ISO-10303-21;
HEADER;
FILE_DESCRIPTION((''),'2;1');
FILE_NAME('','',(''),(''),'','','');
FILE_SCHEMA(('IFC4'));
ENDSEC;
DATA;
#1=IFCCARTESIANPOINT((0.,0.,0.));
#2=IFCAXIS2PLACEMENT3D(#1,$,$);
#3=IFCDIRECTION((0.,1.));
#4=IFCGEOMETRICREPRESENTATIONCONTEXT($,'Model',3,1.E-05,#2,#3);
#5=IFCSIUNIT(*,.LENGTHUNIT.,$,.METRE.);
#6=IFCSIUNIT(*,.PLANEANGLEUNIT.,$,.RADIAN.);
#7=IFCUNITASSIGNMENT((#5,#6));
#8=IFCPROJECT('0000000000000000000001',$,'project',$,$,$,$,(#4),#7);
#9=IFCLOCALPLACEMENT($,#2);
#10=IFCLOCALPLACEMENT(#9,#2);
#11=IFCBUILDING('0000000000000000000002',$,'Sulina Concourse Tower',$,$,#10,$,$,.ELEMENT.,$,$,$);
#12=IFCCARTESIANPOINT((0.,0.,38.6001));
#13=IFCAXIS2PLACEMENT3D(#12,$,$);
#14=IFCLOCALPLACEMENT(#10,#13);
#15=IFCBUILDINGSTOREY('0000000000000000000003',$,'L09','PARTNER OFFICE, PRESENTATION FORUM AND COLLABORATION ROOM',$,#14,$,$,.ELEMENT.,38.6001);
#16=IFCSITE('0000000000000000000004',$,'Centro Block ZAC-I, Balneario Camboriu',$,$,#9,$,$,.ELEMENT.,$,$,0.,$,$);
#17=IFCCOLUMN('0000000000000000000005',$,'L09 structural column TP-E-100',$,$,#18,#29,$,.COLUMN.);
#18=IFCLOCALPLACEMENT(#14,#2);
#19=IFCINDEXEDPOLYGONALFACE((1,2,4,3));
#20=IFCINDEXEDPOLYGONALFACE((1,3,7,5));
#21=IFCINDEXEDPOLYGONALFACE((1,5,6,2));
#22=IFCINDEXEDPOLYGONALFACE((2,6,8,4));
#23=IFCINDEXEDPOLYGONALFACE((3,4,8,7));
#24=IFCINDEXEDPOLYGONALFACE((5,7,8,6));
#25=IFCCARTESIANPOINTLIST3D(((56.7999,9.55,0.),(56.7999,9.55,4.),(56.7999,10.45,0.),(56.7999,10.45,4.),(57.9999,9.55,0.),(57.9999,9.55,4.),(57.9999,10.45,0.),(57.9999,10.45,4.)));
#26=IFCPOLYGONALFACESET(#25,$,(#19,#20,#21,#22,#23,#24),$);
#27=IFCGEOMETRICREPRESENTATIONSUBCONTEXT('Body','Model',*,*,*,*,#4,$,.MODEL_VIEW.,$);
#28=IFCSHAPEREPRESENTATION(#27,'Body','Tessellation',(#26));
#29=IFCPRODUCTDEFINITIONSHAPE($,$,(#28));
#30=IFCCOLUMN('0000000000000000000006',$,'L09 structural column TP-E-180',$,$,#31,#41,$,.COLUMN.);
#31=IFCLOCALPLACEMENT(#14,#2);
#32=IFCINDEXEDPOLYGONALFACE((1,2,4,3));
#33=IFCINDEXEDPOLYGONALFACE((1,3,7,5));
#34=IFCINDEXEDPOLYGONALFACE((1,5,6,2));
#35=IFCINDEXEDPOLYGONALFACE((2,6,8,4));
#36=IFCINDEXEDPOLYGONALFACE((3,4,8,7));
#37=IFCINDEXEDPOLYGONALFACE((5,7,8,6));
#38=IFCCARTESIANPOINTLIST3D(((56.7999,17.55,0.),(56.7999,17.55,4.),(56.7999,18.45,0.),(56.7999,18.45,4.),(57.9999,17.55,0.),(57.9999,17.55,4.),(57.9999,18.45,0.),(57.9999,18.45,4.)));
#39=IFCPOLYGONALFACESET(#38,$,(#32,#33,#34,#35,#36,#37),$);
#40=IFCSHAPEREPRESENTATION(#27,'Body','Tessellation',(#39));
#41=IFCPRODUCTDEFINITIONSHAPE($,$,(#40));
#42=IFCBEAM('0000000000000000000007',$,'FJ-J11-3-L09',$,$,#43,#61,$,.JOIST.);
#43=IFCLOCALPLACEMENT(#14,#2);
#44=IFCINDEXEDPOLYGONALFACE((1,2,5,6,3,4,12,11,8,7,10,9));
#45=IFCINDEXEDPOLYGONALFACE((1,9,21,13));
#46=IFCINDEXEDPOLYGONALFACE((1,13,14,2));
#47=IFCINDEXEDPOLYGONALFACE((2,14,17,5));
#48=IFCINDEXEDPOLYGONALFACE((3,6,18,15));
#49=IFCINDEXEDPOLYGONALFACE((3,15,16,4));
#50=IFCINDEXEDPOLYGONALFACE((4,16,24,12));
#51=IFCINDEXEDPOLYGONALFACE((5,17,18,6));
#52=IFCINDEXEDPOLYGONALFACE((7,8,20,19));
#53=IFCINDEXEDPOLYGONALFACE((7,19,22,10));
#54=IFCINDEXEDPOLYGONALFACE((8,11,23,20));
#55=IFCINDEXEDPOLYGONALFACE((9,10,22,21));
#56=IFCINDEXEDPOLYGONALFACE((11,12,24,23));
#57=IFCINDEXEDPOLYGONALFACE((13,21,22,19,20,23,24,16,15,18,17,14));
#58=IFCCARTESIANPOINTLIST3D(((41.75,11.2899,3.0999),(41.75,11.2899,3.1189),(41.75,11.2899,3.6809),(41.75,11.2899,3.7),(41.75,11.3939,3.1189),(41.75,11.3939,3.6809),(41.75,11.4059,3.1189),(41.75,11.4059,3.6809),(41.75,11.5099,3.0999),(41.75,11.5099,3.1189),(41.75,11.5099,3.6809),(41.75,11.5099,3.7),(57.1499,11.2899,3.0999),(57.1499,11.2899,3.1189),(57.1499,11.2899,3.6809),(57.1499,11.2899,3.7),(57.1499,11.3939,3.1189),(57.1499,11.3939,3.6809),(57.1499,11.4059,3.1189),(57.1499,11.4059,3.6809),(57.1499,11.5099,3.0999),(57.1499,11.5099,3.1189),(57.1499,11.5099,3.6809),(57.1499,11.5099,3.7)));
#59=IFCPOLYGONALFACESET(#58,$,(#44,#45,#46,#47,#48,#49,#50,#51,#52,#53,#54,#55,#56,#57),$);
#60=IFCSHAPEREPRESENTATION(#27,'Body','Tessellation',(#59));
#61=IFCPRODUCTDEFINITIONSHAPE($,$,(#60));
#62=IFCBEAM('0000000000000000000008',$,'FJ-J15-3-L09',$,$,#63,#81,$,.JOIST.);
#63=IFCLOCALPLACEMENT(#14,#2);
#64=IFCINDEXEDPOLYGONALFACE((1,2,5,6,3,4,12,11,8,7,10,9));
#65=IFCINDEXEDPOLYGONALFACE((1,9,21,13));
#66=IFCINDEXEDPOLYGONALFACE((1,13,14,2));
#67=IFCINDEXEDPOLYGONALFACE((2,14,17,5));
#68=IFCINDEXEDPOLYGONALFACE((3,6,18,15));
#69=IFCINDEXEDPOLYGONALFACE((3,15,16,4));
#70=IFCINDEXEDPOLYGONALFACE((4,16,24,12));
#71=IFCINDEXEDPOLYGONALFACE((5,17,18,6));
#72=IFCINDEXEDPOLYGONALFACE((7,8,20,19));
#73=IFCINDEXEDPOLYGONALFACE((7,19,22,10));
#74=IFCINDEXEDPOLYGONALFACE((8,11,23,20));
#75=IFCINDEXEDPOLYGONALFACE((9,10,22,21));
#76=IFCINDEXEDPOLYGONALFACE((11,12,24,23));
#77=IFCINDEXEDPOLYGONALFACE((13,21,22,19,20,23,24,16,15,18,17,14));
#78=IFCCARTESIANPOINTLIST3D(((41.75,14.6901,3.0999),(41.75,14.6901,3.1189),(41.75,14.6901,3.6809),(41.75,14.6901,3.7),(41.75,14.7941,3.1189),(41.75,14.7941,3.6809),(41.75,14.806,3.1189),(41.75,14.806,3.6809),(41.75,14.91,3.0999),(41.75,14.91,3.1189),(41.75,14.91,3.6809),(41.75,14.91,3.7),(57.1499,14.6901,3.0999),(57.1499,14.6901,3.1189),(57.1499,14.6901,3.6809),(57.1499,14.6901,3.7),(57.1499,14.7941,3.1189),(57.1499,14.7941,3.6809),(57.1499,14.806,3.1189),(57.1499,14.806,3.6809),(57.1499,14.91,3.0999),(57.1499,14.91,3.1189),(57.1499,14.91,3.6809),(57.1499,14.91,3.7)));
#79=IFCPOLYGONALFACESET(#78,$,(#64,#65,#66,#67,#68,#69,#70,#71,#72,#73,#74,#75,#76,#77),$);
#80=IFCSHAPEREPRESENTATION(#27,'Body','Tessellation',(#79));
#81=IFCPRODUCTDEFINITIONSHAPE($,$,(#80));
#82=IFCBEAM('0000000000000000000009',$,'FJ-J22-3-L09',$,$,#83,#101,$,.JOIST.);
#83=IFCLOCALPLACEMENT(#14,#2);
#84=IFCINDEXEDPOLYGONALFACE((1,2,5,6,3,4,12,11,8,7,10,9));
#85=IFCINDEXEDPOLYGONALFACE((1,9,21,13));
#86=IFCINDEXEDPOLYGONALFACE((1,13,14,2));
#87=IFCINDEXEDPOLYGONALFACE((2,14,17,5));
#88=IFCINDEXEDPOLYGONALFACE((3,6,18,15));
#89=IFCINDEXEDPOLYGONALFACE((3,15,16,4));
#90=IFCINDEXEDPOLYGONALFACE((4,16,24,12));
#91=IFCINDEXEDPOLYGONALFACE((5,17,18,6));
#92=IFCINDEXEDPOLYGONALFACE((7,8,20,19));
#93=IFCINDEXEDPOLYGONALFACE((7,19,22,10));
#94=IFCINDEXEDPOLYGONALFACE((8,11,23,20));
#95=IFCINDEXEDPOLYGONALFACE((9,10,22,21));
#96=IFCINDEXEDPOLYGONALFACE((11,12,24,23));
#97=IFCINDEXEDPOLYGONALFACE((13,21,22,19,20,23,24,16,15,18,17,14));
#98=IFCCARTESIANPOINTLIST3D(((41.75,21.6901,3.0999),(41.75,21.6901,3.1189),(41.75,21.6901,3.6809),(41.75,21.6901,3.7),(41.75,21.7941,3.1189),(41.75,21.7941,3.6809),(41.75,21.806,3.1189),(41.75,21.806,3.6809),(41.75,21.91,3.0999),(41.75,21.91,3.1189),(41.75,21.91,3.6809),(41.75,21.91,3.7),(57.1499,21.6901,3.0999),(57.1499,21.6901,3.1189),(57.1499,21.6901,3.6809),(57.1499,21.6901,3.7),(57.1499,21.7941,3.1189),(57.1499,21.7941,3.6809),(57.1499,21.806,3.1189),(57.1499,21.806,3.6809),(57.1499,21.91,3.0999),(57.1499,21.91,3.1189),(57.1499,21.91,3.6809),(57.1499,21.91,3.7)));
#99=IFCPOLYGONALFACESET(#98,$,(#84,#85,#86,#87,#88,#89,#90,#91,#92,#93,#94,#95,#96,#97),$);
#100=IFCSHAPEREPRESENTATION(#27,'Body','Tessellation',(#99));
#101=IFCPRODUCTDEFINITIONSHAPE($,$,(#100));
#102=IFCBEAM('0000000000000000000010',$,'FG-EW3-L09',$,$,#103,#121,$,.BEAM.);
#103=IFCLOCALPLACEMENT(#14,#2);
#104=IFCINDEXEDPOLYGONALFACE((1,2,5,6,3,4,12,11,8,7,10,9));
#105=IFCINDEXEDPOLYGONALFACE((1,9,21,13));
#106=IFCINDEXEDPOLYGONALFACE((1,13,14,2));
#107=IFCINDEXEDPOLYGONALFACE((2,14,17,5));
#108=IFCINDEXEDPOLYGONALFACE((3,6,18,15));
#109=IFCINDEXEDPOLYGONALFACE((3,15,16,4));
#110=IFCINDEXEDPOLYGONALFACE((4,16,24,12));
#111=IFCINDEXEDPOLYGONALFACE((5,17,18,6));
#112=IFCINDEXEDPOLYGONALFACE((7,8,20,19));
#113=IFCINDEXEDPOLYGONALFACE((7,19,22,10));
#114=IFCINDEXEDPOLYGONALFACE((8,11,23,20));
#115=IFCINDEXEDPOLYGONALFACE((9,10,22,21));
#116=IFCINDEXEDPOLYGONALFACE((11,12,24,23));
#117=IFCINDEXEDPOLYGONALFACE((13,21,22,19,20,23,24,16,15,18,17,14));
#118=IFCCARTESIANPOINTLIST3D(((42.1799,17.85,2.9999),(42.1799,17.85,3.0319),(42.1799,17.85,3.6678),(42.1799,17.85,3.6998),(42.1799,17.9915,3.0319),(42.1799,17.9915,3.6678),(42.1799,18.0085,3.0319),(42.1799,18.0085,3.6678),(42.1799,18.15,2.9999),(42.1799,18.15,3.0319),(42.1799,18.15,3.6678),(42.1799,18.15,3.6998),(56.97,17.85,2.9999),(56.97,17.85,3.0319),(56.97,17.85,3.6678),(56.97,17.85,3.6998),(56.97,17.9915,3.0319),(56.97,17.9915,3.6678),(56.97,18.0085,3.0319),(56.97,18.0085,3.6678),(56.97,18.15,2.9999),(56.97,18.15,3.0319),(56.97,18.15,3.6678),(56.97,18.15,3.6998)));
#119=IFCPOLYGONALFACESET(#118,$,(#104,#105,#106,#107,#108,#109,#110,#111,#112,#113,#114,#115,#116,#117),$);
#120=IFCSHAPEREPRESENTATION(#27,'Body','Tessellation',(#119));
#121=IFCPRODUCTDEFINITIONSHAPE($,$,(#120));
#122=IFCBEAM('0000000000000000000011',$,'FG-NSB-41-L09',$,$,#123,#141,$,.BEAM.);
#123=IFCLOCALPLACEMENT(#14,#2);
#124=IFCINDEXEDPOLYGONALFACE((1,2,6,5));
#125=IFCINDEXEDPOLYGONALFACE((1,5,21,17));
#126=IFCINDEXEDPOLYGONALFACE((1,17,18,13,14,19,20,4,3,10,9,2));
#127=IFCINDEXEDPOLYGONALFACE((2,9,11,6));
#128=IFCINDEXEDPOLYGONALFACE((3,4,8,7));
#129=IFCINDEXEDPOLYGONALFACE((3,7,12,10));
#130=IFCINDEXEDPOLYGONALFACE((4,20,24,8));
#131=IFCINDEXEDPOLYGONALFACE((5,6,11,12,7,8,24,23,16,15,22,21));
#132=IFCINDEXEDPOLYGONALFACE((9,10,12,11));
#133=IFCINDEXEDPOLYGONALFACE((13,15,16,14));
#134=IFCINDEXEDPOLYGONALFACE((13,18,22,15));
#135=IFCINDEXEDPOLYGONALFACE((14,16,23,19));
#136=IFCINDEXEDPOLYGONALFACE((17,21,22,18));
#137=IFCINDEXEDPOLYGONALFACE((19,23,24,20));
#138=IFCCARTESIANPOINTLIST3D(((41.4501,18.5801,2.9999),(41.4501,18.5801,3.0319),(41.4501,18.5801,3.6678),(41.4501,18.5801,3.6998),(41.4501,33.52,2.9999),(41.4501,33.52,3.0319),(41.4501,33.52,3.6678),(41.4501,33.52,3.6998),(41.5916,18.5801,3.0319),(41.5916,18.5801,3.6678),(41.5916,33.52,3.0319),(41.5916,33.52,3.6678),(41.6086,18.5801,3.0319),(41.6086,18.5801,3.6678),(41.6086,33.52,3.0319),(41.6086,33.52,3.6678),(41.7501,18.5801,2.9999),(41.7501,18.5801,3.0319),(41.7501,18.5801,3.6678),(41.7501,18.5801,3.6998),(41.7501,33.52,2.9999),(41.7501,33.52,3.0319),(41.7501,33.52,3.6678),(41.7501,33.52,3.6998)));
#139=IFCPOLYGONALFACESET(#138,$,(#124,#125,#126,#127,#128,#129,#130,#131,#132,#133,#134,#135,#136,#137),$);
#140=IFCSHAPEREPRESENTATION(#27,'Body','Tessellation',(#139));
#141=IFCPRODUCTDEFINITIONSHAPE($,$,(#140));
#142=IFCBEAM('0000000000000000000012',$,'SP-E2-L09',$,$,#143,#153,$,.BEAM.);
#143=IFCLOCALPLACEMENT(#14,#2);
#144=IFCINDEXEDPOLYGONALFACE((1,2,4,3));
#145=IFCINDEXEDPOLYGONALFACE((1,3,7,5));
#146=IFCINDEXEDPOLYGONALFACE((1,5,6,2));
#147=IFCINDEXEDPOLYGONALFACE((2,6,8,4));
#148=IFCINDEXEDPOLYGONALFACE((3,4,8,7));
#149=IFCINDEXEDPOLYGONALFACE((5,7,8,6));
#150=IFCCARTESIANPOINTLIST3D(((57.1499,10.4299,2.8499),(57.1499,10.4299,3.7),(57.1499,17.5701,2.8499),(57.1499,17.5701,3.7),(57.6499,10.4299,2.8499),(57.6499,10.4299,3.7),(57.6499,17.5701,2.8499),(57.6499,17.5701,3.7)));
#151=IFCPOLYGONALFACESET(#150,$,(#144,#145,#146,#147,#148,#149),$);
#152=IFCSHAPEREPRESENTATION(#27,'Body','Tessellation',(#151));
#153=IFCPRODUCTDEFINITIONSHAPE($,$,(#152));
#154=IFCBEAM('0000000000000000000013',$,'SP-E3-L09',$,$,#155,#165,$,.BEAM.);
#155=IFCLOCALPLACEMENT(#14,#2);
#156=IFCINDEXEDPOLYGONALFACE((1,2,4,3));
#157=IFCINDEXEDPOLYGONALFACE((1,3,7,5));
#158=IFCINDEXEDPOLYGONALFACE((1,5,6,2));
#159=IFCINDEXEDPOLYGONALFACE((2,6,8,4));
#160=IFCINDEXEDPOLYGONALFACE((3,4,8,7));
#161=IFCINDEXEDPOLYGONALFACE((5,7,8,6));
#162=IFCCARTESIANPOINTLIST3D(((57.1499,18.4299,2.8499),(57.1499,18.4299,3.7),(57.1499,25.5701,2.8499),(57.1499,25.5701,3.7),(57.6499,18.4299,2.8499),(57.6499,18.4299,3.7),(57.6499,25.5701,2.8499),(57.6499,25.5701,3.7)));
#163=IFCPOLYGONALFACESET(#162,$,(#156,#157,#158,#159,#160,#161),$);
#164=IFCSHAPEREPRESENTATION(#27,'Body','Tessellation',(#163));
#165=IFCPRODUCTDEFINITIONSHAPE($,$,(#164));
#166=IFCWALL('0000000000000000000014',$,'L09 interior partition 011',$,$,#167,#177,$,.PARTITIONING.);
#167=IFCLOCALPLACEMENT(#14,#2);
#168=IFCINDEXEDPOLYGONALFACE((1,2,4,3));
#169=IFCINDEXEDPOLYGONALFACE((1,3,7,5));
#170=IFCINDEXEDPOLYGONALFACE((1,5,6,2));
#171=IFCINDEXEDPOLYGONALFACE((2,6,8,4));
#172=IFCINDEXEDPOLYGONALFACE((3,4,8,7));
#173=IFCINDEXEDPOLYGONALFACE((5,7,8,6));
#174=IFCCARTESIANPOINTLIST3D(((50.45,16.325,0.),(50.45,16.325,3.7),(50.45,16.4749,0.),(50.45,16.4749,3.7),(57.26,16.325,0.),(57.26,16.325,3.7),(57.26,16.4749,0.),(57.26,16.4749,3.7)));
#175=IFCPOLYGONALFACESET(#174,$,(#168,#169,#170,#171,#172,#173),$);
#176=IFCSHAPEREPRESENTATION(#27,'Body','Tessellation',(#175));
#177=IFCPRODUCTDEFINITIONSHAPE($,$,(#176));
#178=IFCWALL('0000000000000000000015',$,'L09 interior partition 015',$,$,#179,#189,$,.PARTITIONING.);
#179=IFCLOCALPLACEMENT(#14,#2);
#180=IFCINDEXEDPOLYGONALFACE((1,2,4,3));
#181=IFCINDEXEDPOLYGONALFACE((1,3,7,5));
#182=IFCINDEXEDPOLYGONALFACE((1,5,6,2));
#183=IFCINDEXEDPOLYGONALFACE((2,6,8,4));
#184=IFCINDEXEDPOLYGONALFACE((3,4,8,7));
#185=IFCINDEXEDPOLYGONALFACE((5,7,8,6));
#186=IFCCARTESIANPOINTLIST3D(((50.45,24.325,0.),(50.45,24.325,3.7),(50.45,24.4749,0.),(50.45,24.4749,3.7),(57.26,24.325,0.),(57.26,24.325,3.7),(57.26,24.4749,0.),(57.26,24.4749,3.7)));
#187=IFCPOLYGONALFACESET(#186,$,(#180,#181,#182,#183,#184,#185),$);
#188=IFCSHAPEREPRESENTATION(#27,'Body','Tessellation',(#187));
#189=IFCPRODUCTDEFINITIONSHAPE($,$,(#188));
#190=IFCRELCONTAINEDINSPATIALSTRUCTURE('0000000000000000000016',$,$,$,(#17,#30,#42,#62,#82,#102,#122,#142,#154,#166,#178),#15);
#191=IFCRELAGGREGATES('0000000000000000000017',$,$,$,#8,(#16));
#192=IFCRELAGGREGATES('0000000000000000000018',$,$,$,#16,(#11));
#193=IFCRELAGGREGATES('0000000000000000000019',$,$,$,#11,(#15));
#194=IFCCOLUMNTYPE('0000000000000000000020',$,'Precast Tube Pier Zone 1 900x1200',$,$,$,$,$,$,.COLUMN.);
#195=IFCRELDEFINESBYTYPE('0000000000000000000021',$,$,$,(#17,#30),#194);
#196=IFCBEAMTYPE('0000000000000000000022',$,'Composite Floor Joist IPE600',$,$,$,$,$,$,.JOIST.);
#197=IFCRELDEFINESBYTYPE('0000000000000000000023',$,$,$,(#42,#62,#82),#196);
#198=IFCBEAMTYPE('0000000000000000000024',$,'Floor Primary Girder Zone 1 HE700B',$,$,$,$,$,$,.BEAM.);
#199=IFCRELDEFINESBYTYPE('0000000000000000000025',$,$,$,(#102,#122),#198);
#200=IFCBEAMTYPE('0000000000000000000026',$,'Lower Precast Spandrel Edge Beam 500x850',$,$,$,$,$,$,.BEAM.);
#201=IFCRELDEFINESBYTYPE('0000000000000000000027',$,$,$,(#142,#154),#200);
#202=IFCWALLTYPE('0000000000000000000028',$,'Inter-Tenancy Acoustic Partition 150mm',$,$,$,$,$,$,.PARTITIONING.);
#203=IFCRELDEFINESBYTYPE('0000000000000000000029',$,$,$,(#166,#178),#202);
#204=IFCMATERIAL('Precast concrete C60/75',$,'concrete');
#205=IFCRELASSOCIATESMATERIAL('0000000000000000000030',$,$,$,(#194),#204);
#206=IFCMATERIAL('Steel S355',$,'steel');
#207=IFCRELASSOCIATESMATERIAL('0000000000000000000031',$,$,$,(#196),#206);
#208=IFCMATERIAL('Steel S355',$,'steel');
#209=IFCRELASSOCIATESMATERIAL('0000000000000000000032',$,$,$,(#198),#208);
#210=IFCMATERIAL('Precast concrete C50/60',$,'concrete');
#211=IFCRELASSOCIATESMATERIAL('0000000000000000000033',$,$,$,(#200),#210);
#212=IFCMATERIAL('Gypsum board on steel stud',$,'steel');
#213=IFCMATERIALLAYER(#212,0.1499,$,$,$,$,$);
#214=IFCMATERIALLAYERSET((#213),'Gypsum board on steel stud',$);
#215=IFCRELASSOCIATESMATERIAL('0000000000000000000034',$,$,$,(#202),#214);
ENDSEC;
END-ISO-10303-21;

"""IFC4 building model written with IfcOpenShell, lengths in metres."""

from ifc_helpers import new_model, si_unit, direction, frame, frame_2d, origin, origin_2d, place, context, subcontext, project, spatial, rectangle, i_section, extrude, material, layer, layer_set, material_profile, profile_set, type_object, element, save


model = new_model("IFC4")

# Units and contexts
model_context = context("Model", 3, precision=1e-05, world=origin(), true_north=direction((0.0, 1.0)))
body_context = subcontext(model_context, "Body", "Model", "MODEL_VIEW")
ifc_project = project(units=[si_unit("LENGTHUNIT", "METRE"), si_unit("PLANEANGLEUNIT", "RADIAN")], contexts=[model_context])

# Site, building, storey
site_placement = place(None, origin())
site = spatial("IfcSite", under=ifc_project, at=site_placement, Name="Centro Block ZAC-I, Balneario Camboriu", CompositionType="ELEMENT", RefElevation=0.0)
building_placement = place(site_placement, origin())
building = spatial("IfcBuilding", under=site, at=building_placement, Name="Sulina Concourse Tower", CompositionType="ELEMENT")
storey_placement = place(building_placement, frame((0.0, 0.0, 38.6001)))
storey = spatial("IfcBuildingStorey", under=building, at=storey_placement, Name="L09", Description="PARTNER OFFICE, PRESENTATION FORUM AND COLLABORATION ROOM", CompositionType="ELEMENT", Elevation=38.6001)

# Columns
ifc_material_1 = material(Name="Precast concrete C60/75", Category="concrete")
ifc_material_profile_1 = material_profile(ifc_material_1, rectangle(XDim=0.8999, YDim=1.2, at=origin_2d()), Name="PC 900x1200")
ifc_profile_set_1 = profile_set([ifc_material_profile_1], Name="Precast concrete C60/75")
column_type = type_object("IfcColumnType", Name="Precast Tube Pier Zone 1 900x1200", PredefinedType="COLUMN", material=ifc_profile_set_1)
for number, where, z_axis, x_axis, name in (
    (1, (57.3999, 10.0, 0.0), (0.0, 0.0, 1.0), (0.0, 1.0, 0.0), "L09 structural column TP-E-100"),
    (2, (57.3999, 18.0, 0.0), (0.0, 0.0, 1.0), (0.0, 1.0, 0.0), "L09 structural column TP-E-180"),
):
    element("IfcColumn", number, at=place(storey_placement, frame(where, z_axis=z_axis, x_axis=x_axis)), inside=storey, type_object=column_type, Name=name, PredefinedType="COLUMN", context=body_context, shape_type="SweptSolid", body=[
        extrude(rectangle(XDim=0.8999, YDim=1.2, at=origin_2d()), origin(), (0.0, 0.0, 1.0), 4.0),
    ])

# Beams
ifc_material_2 = material(Name="Steel S355", Category="steel")
ifc_material_profile_2 = material_profile(ifc_material_2, i_section(OverallWidth=0.22, OverallDepth=0.6001, WebThickness=0.012, FlangeThickness=0.019, at=origin_2d()), Name="IPE 600")
ifc_profile_set_2 = profile_set([ifc_material_profile_2], Name="Steel S355")
beam_type_1 = type_object("IfcBeamType", Name="Composite Floor Joist IPE600", PredefinedType="JOIST", material=ifc_profile_set_2)
for number, where, z_axis, x_axis, name in (
    (3, (41.75, 11.3999, 3.3999), (1.0, 0.0, 0.0), (0.0, 1.0, 0.0), "FJ-J11-3-L09"),
    (4, (41.75, 14.8, 3.3999), (1.0, 0.0, 0.0), (0.0, 1.0, 0.0), "FJ-J15-3-L09"),
    (5, (41.75, 21.8, 3.3999), (1.0, 0.0, 0.0), (0.0, 1.0, 0.0), "FJ-J22-3-L09"),
):
    element("IfcBeam", number, at=place(storey_placement, frame(where, z_axis=z_axis, x_axis=x_axis)), inside=storey, type_object=beam_type_1, Name=name, PredefinedType="JOIST", context=body_context, shape_type="SweptSolid", body=[
        extrude(i_section(OverallWidth=0.22, OverallDepth=0.6001, WebThickness=0.012, FlangeThickness=0.019, at=origin_2d()), origin(), (0.0, 0.0, 1.0), 15.3999),
    ])
ifc_material_3 = material(Name="Steel S355", Category="steel")
ifc_material_profile_3 = material_profile(ifc_material_3, i_section(OverallWidth=0.3, OverallDepth=0.7, WebThickness=0.0171, FlangeThickness=0.032, at=origin_2d()), Name="HE 700 B")
ifc_profile_set_3 = profile_set([ifc_material_profile_3], Name="Steel S355")
beam_type_2 = type_object("IfcBeamType", Name="Floor Primary Girder Zone 1 HE700B", PredefinedType="BEAM", material=ifc_profile_set_3)
beam_1_placement = place(storey_placement, frame((42.1799, 18.0, 3.3499), z_axis=(1.0, 0.0, 0.0), x_axis=(0.0, 1.0, 0.0)))
element("IfcBeam", 6, at=beam_1_placement, inside=storey, type_object=beam_type_2, Name="FG-EW3-L09", PredefinedType="BEAM", context=body_context, shape_type="SweptSolid", body=[
    extrude(i_section(OverallWidth=0.3, OverallDepth=0.7, WebThickness=0.0171, FlangeThickness=0.032, at=origin_2d()), origin(), (0.0, 0.0, 1.0), 14.79),
])
beam_2_placement = place(storey_placement, frame((41.6001, 18.5801, 3.3499), z_axis=(0.0, 1.0, 0.0), x_axis=(-1.0, 0.0, 0.0)))
element("IfcBeam", 7, at=beam_2_placement, inside=storey, type_object=beam_type_2, Name="FG-NSB-41-L09", PredefinedType="BEAM", context=body_context, shape_type="SweptSolid", body=[
    extrude(i_section(OverallWidth=0.3, OverallDepth=0.7, WebThickness=0.0171, FlangeThickness=0.032, at=origin_2d()), origin(), (0.0, 0.0, 1.0), 14.9399),
])
ifc_material_4 = material(Name="Precast concrete C50/60", Category="concrete")
ifc_material_profile_4 = material_profile(ifc_material_4, rectangle(XDim=0.5, YDim=0.8501, at=origin_2d()), Name="RC 500x850")
ifc_profile_set_4 = profile_set([ifc_material_profile_4], Name="Precast concrete C50/60")
beam_type_3 = type_object("IfcBeamType", Name="Lower Precast Spandrel Edge Beam 500x850", PredefinedType="BEAM", material=ifc_profile_set_4)
for number, where, z_axis, x_axis, name in (
    (8, (57.3999, 10.4299, 3.2749), (0.0, 1.0, 0.0), (-1.0, 0.0, 0.0), "SP-E2-L09"),
    (9, (57.3999, 18.4299, 3.2749), (0.0, 1.0, 0.0), (-1.0, 0.0, 0.0), "SP-E3-L09"),
):
    element("IfcBeam", number, at=place(storey_placement, frame(where, z_axis=z_axis, x_axis=x_axis)), inside=storey, type_object=beam_type_3, Name=name, PredefinedType="BEAM", context=body_context, shape_type="SweptSolid", body=[
        extrude(rectangle(XDim=0.5, YDim=0.8501, at=origin_2d()), origin(), (0.0, 0.0, 1.0), 7.1401),
    ])

# Walls
ifc_material_5 = material(Name="Gypsum board on steel stud", Category="steel")
ifc_layer_1 = layer(ifc_material_5, 0.1499)
ifc_layer_set_1 = layer_set([ifc_layer_1], Name="Gypsum board on steel stud")
wall_type_1 = type_object("IfcWallType", Name="Inter-Tenancy Acoustic Partition 150mm", PredefinedType="PARTITIONING", material=ifc_layer_set_1)
for number, where, z_axis, x_axis, name in (
    (10, (50.45, 16.3999, 0.0), (0.0, 0.0, 1.0), (1.0, 0.0, 0.0), "L09 interior partition 011"),
    (11, (50.45, 24.3999, 0.0), (0.0, 0.0, 1.0), (1.0, 0.0, 0.0), "L09 interior partition 015"),
):
    element("IfcWall", number, at=place(storey_placement, frame(where, z_axis=z_axis, x_axis=x_axis)), inside=storey, type_object=wall_type_1, Name=name, PredefinedType="PARTITIONING", context=body_context, shape_type="SweptSolid", body=[
        extrude(rectangle(XDim=6.8101, YDim=0.1499, at=frame_2d((3.405, 0.0))), origin(), (0.0, 0.0, 1.0), 3.7),
    ])

save(model, "model.ifc")
